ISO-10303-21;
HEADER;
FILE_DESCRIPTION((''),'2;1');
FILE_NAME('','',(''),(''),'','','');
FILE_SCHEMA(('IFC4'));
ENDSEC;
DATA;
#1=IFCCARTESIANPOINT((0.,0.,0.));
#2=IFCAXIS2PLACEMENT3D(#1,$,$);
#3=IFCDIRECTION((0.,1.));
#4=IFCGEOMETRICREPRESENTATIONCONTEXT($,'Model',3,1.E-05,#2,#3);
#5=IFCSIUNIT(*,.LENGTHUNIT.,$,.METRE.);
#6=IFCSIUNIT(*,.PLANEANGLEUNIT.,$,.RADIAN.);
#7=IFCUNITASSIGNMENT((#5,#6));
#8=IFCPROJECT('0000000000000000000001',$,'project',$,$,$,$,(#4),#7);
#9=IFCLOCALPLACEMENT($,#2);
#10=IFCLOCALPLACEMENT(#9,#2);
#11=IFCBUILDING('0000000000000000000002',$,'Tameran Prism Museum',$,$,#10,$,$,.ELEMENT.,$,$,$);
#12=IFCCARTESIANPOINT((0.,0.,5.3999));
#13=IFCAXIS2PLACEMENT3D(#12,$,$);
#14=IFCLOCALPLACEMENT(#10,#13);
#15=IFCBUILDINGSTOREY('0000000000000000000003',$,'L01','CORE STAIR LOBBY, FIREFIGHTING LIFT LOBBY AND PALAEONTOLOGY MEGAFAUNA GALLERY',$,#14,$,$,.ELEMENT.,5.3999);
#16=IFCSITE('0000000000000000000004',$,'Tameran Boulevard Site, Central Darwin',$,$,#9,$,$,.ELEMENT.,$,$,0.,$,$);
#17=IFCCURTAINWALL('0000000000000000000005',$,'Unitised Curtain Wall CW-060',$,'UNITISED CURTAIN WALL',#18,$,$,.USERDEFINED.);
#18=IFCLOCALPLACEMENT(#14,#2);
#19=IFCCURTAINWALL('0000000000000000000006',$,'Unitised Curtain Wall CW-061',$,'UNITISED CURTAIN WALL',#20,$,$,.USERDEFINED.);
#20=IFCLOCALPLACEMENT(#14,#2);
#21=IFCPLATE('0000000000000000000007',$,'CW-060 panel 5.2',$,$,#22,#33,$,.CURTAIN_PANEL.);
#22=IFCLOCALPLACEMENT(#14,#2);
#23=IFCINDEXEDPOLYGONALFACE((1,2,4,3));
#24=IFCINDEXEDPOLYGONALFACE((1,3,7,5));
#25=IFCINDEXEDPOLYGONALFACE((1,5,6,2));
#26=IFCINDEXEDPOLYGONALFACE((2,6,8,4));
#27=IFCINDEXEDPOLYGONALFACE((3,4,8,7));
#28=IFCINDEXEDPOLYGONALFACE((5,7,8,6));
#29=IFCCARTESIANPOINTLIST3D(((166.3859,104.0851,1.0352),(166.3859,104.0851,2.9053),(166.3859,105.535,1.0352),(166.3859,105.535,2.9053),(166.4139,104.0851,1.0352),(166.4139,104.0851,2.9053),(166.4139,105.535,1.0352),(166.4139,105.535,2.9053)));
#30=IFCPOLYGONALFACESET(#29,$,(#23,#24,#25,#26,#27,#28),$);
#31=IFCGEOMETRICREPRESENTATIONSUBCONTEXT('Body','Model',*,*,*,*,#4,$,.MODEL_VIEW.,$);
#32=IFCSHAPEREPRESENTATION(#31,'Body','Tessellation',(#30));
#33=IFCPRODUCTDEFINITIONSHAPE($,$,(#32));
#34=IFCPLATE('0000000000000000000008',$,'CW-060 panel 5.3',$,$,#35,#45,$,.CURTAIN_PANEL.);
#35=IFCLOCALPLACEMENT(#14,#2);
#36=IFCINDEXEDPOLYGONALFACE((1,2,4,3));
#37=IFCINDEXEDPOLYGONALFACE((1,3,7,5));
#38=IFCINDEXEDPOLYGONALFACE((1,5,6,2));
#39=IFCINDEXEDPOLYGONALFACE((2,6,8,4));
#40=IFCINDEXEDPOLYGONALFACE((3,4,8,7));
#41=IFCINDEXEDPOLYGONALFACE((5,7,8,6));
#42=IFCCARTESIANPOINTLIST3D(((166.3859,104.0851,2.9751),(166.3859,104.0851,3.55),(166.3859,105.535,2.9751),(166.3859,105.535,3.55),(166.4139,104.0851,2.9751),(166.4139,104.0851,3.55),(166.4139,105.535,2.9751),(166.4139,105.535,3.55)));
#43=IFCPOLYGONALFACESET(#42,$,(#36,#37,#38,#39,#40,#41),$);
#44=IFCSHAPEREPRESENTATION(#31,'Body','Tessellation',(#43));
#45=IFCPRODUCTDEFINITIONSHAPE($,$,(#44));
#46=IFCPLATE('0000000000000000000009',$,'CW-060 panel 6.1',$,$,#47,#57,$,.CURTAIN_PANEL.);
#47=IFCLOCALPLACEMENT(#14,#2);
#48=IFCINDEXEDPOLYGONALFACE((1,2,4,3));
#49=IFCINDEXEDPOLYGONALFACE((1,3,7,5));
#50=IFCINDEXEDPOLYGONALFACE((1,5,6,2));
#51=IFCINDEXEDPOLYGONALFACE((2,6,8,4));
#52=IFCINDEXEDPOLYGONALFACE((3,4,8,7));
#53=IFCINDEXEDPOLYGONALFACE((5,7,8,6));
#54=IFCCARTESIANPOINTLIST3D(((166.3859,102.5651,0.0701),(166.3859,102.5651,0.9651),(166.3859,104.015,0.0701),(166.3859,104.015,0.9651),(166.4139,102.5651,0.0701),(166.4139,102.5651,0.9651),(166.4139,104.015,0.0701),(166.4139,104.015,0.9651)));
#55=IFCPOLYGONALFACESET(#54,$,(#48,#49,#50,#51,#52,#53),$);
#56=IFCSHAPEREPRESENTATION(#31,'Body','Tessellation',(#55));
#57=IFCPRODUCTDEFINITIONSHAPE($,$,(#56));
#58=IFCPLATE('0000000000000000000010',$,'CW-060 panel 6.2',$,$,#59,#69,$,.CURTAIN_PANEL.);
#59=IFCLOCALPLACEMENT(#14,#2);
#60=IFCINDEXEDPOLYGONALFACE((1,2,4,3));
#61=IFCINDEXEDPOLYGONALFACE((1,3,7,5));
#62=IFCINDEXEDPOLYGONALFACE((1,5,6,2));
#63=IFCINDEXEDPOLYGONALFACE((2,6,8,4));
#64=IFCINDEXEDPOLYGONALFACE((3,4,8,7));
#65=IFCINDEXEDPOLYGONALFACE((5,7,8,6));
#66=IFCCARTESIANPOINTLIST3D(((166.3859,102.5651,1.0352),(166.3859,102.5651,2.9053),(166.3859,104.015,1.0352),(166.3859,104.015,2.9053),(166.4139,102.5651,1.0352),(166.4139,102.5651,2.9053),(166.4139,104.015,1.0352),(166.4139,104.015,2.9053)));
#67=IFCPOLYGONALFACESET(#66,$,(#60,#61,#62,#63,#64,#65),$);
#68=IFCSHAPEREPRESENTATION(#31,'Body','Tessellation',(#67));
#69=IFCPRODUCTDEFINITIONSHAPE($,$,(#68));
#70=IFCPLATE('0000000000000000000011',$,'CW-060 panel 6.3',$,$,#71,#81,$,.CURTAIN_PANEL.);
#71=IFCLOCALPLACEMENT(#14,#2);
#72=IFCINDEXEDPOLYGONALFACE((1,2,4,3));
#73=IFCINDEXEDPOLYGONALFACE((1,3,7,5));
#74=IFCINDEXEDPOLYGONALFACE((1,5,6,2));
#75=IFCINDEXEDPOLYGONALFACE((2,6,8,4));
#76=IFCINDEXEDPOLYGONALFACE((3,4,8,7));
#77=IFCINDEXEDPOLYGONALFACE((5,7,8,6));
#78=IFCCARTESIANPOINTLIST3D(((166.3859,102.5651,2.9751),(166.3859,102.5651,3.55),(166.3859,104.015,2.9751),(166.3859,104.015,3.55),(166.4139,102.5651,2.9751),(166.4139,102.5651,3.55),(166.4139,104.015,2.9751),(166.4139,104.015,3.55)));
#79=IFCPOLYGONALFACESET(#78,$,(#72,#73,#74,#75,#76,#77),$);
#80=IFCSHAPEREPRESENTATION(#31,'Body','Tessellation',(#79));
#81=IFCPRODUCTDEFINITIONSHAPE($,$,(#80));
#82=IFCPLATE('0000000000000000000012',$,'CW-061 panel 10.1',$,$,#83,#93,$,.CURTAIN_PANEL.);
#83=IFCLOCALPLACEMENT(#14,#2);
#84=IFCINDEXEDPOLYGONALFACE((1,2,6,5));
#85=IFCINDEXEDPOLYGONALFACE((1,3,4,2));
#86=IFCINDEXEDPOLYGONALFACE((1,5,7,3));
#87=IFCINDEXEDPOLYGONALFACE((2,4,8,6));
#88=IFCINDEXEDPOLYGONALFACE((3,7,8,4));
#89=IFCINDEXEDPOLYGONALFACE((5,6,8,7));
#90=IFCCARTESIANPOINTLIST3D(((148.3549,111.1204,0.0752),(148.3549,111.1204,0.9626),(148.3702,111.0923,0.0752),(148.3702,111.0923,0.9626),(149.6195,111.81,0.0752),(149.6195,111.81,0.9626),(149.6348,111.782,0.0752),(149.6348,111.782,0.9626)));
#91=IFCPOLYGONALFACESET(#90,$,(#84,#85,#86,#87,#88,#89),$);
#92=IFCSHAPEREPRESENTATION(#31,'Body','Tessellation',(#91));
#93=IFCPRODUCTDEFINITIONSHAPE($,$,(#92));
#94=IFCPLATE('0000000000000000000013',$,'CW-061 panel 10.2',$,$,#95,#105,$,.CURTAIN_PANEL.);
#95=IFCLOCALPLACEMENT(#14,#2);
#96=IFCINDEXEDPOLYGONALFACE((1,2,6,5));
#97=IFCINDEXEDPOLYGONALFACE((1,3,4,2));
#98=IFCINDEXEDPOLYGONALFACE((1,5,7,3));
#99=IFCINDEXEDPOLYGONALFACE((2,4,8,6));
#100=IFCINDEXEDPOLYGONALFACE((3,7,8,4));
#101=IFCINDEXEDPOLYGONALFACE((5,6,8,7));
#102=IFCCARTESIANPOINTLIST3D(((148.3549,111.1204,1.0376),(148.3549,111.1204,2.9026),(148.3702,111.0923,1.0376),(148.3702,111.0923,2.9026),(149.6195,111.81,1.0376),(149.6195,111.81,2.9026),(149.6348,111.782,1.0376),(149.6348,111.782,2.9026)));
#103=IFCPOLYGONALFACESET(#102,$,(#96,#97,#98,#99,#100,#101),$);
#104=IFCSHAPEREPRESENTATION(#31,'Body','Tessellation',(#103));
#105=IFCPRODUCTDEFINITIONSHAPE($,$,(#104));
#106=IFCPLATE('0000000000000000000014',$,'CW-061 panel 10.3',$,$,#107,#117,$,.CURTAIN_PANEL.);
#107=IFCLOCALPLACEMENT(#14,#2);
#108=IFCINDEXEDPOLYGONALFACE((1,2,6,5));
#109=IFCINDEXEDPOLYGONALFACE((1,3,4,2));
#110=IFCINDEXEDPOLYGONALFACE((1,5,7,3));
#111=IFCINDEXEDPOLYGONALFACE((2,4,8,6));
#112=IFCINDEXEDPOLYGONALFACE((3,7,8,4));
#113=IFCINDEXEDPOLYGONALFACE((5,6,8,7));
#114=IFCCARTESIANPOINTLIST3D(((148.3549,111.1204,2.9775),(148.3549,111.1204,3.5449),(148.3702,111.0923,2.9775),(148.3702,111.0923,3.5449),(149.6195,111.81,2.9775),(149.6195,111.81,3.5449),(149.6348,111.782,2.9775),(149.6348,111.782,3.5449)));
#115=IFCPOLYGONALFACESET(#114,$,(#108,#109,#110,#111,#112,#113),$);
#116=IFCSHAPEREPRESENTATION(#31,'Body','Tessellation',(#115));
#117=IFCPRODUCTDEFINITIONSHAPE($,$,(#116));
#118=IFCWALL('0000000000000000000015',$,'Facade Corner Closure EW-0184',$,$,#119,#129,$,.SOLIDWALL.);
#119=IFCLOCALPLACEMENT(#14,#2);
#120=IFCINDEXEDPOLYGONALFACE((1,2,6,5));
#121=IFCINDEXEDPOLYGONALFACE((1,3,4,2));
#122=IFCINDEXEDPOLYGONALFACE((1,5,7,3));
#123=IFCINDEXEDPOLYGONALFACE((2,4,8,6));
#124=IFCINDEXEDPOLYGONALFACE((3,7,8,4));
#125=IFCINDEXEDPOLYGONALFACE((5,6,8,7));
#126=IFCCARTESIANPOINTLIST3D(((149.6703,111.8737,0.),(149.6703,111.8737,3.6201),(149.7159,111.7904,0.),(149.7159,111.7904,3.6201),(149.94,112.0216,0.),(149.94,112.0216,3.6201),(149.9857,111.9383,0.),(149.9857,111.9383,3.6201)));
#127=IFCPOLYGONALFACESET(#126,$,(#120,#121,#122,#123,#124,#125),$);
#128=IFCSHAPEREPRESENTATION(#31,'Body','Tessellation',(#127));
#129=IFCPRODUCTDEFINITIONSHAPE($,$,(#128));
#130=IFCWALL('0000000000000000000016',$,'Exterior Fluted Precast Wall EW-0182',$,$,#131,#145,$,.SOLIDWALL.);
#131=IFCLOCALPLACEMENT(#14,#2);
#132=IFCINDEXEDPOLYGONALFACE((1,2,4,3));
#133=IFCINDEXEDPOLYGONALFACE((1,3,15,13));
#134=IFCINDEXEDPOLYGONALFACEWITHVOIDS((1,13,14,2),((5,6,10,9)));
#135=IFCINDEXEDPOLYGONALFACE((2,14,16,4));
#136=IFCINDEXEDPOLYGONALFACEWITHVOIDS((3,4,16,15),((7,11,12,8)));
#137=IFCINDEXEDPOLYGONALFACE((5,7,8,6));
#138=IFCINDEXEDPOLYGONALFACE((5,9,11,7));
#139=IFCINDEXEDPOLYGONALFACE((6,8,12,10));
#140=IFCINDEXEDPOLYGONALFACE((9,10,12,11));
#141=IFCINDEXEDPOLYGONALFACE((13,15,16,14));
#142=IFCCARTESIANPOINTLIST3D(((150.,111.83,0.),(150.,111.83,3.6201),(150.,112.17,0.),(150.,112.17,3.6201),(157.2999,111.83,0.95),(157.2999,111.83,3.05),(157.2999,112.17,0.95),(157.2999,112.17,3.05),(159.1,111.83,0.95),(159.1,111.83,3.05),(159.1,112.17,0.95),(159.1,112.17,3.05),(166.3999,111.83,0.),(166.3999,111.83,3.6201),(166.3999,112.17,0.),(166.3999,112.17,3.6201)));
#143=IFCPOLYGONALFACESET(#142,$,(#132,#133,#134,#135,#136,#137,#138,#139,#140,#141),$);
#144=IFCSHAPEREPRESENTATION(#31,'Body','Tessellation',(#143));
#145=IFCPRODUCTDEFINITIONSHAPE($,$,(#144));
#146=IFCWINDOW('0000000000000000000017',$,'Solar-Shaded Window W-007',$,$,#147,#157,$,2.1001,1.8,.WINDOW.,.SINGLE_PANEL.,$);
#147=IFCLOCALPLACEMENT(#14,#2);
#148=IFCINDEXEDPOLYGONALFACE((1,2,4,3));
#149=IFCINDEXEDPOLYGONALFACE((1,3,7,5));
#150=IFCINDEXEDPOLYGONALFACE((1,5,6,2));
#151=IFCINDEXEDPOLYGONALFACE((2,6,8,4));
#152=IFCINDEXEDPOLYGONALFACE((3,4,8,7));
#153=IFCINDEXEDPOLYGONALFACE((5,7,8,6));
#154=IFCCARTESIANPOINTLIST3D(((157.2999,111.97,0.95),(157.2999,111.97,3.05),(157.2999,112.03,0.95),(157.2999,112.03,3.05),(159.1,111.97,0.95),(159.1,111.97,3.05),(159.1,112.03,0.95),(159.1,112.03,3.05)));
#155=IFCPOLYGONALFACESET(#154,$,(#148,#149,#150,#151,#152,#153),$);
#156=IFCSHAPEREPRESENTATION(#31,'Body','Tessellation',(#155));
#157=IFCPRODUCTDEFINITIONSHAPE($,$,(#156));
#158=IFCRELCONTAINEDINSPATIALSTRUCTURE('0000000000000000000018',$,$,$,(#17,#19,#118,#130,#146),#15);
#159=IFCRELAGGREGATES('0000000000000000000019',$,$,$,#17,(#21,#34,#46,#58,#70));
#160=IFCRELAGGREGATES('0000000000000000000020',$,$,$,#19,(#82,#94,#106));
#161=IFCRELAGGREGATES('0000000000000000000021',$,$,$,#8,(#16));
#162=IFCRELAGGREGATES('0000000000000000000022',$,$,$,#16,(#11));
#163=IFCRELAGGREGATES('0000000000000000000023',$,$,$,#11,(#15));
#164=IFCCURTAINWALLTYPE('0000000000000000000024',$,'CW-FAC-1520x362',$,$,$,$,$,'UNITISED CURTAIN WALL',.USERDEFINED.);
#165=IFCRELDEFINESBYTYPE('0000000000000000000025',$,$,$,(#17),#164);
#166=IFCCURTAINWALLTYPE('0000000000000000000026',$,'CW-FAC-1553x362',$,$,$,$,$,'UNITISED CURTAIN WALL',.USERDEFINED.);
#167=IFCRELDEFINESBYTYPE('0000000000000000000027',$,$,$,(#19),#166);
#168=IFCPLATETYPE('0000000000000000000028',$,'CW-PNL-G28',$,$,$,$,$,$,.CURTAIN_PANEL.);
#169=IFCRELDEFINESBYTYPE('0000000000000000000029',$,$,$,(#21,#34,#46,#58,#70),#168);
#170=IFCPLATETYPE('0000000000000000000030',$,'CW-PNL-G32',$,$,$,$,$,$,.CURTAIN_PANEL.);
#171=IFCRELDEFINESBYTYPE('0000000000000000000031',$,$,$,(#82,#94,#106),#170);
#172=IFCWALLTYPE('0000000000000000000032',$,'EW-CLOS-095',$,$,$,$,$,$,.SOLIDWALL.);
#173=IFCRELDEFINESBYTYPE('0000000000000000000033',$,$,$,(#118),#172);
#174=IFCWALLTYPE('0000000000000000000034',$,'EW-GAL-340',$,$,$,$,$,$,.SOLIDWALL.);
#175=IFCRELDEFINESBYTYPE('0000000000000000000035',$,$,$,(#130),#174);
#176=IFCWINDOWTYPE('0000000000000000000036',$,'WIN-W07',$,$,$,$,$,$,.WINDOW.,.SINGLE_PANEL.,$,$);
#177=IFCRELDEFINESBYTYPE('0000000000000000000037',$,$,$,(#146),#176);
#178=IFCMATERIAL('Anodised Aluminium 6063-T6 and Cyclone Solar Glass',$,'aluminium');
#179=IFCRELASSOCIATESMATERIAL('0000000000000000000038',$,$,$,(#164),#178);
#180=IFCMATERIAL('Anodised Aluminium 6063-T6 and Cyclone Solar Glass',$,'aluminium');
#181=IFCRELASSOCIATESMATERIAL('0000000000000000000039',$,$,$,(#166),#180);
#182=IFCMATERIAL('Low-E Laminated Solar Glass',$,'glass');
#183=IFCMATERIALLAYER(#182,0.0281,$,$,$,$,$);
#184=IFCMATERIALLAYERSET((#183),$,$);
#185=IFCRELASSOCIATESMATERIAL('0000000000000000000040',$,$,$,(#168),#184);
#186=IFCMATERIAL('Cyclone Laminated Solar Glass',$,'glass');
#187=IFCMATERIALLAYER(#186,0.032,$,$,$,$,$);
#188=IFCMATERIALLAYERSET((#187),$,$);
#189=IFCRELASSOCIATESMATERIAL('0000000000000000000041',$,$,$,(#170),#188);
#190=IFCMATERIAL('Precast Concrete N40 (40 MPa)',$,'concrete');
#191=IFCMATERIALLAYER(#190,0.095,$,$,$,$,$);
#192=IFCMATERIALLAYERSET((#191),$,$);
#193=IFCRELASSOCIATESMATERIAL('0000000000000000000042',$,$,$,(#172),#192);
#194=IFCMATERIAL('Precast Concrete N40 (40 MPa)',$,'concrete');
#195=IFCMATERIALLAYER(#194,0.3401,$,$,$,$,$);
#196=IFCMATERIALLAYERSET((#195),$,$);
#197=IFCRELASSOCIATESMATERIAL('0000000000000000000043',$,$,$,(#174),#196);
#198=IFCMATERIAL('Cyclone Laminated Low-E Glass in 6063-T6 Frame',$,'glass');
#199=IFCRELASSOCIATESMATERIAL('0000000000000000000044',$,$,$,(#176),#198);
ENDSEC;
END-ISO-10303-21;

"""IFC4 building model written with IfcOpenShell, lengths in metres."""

from ifc_helpers import new_model, si_unit, direction, frame, frame_2d, origin, origin_2d, place, context, subcontext, project, spatial, rectangle, extrude, material, layer, layer_set, type_object, element, fill, aggregate, save


model = new_model("IFC4")

# Units and contexts
model_context = context("Model", 3, precision=1e-05, world=origin(), true_north=direction((0.0, 1.0)))
body_context = subcontext(model_context, "Body", "Model", "MODEL_VIEW")
ifc_project = project(units=[si_unit("LENGTHUNIT", "METRE"), si_unit("PLANEANGLEUNIT", "RADIAN")], contexts=[model_context])

# Site, building, storey
site_placement = place(None, origin())
site = spatial("IfcSite", under=ifc_project, at=site_placement, Name="Tameran Boulevard Site, Central Darwin", CompositionType="ELEMENT", RefElevation=0.0)
building_placement = place(site_placement, origin())
building = spatial("IfcBuilding", under=site, at=building_placement, Name="Tameran Prism Museum", CompositionType="ELEMENT")
storey_placement = place(building_placement, frame((0.0, 0.0, 5.3999)))
storey = spatial("IfcBuildingStorey", under=building, at=storey_placement, Name="L01", Description="CORE STAIR LOBBY, FIREFIGHTING LIFT LOBBY AND PALAEONTOLOGY MEGAFAUNA GALLERY", CompositionType="ELEMENT", Elevation=5.3999)

# Curtain walls
ifc_material_1 = material(Name="Anodised Aluminium 6063-T6 and Cyclone Solar Glass", Category="aluminium")
curtain_wall_type_1 = type_object("IfcCurtainWallType", Name="CW-FAC-1520x362", ElementType="UNITISED CURTAIN WALL", PredefinedType="USERDEFINED", material=ifc_material_1)
curtain_wall_1_placement = place(storey_placement, origin())
curtain_wall_1 = element("IfcCurtainWall", 1, at=curtain_wall_1_placement, inside=storey, type_object=curtain_wall_type_1, Name="Unitised Curtain Wall CW-060", ObjectType="UNITISED CURTAIN WALL", PredefinedType="USERDEFINED")
ifc_material_2 = material(Name="Anodised Aluminium 6063-T6 and Cyclone Solar Glass", Category="aluminium")
curtain_wall_type_2 = type_object("IfcCurtainWallType", Name="CW-FAC-1553x362", ElementType="UNITISED CURTAIN WALL", PredefinedType="USERDEFINED", material=ifc_material_2)
curtain_wall_2_placement = place(storey_placement, origin())
curtain_wall_2 = element("IfcCurtainWall", 2, at=curtain_wall_2_placement, inside=storey, type_object=curtain_wall_type_2, Name="Unitised Curtain Wall CW-061", ObjectType="UNITISED CURTAIN WALL", PredefinedType="USERDEFINED")

# Plates
ifc_material_3 = material(Name="Low-E Laminated Solar Glass", Category="glass")
ifc_layer_1 = layer(ifc_material_3, 0.0281)
ifc_layer_set_1 = layer_set([ifc_layer_1])
plate_type_1 = type_object("IfcPlateType", Name="CW-PNL-G28", PredefinedType="CURTAIN_PANEL", material=ifc_layer_set_1)
plate_1_placement = place(storey_placement, frame((166.3999, 104.8101, 1.0352), z_axis=(0.0, 0.0, 1.0), x_axis=(0.0, -1.0, 0.0)))
plate_1 = element("IfcPlate", 3, at=plate_1_placement, type_object=plate_type_1, Name="CW-060 panel 5.2", PredefinedType="CURTAIN_PANEL", context=body_context, shape_type="SweptSolid", body=[
    extrude(rectangle(XDim=1.45, YDim=0.0281, at=origin_2d()), origin(), (0.0, 0.0, 1.0), 1.8701),
])
plate_2_placement = place(storey_placement, frame((166.3999, 104.8101, 2.9751), z_axis=(0.0, 0.0, 1.0), x_axis=(0.0, -1.0, 0.0)))
plate_2 = element("IfcPlate", 4, at=plate_2_placement, type_object=plate_type_1, Name="CW-060 panel 5.3", PredefinedType="CURTAIN_PANEL", context=body_context, shape_type="SweptSolid", body=[
    extrude(rectangle(XDim=1.45, YDim=0.0281, at=origin_2d()), origin(), (0.0, 0.0, 1.0), 0.575),
])
plate_3_placement = place(storey_placement, frame((166.3999, 103.29, 0.0701), z_axis=(0.0, 0.0, 1.0), x_axis=(0.0, -1.0, 0.0)))
plate_3 = element("IfcPlate", 5, at=plate_3_placement, type_object=plate_type_1, Name="CW-060 panel 6.1", PredefinedType="CURTAIN_PANEL", context=body_context, shape_type="SweptSolid", body=[
    extrude(rectangle(XDim=1.45, YDim=0.0281, at=origin_2d()), origin(), (0.0, 0.0, 1.0), 0.895),
])
plate_4_placement = place(storey_placement, frame((166.3999, 103.29, 1.0352), z_axis=(0.0, 0.0, 1.0), x_axis=(0.0, -1.0, 0.0)))
plate_4 = element("IfcPlate", 6, at=plate_4_placement, type_object=plate_type_1, Name="CW-060 panel 6.2", PredefinedType="CURTAIN_PANEL", context=body_context, shape_type="SweptSolid", body=[
    extrude(rectangle(XDim=1.45, YDim=0.0281, at=origin_2d()), origin(), (0.0, 0.0, 1.0), 1.8701),
])
plate_5_placement = place(storey_placement, frame((166.3999, 103.29, 2.9751), z_axis=(0.0, 0.0, 1.0), x_axis=(0.0, -1.0, 0.0)))
plate_5 = element("IfcPlate", 7, at=plate_5_placement, type_object=plate_type_1, Name="CW-060 panel 6.3", PredefinedType="CURTAIN_PANEL", context=body_context, shape_type="SweptSolid", body=[
    extrude(rectangle(XDim=1.45, YDim=0.0281, at=origin_2d()), origin(), (0.0, 0.0, 1.0), 0.575),
])
aggregate(curtain_wall_1, [plate_1, plate_2, plate_3, plate_4, plate_5])
ifc_material_4 = material(Name="Cyclone Laminated Solar Glass", Category="glass")
ifc_layer_2 = layer(ifc_material_4, 0.032)
ifc_layer_set_2 = layer_set([ifc_layer_2])
plate_type_2 = type_object("IfcPlateType", Name="CW-PNL-G32", PredefinedType="CURTAIN_PANEL", material=ifc_layer_set_2)
plate_6_placement = place(storey_placement, frame((148.9949, 111.4512, 0.0752), z_axis=(0.0, 0.0, 1.0), x_axis=(0.877928, 0.478793, 0.0)))
plate_6 = element("IfcPlate", 8, at=plate_6_placement, type_object=plate_type_2, Name="CW-061 panel 10.1", PredefinedType="CURTAIN_PANEL", context=body_context, shape_type="SweptSolid", body=[
    extrude(rectangle(XDim=1.4404, YDim=0.032, at=origin_2d()), origin(), (0.0, 0.0, 1.0), 0.8875),
])
plate_7_placement = place(storey_placement, frame((148.9949, 111.4512, 1.0376), z_axis=(0.0, 0.0, 1.0), x_axis=(0.877928, 0.478793, 0.0)))
plate_7 = element("IfcPlate", 9, at=plate_7_placement, type_object=plate_type_2, Name="CW-061 panel 10.2", PredefinedType="CURTAIN_PANEL", context=body_context, shape_type="SweptSolid", body=[
    extrude(rectangle(XDim=1.4404, YDim=0.032, at=origin_2d()), origin(), (0.0, 0.0, 1.0), 1.865),
])
plate_8_placement = place(storey_placement, frame((148.9949, 111.4512, 2.9775), z_axis=(0.0, 0.0, 1.0), x_axis=(0.877928, 0.478793, 0.0)))
plate_8 = element("IfcPlate", 10, at=plate_8_placement, type_object=plate_type_2, Name="CW-061 panel 10.3", PredefinedType="CURTAIN_PANEL", context=body_context, shape_type="SweptSolid", body=[
    extrude(rectangle(XDim=1.4404, YDim=0.032, at=origin_2d()), origin(), (0.0, 0.0, 1.0), 0.5674),
])
aggregate(curtain_wall_2, [plate_6, plate_7, plate_8])

# Wall
ifc_material_5 = material(Name="Precast Concrete N40 (40 MPa)", Category="concrete")
ifc_layer_3 = layer(ifc_material_5, 0.095)
ifc_layer_set_3 = layer_set([ifc_layer_3])
wall_type_1 = type_object("IfcWallType", Name="EW-CLOS-095", PredefinedType="SOLIDWALL", material=ifc_layer_set_3)
wall_1_placement = place(storey_placement, frame((149.6931, 111.832, 0.0), z_axis=(0.0, 0.0, 1.0), x_axis=(0.876802, 0.480852, 0.0)))
element("IfcWall", 11, at=wall_1_placement, inside=storey, type_object=wall_type_1, Name="Facade Corner Closure EW-0184", PredefinedType="SOLIDWALL", context=body_context, shape_type="SweptSolid", body=[
    extrude(rectangle(XDim=0.3076, YDim=0.095, at=frame_2d((0.1538, 0.0))), origin(), (0.0, 0.0, 1.0), 3.6201),
])

# Wall, opening, window
ifc_material_6 = material(Name="Precast Concrete N40 (40 MPa)", Category="concrete")
ifc_layer_4 = layer(ifc_material_6, 0.3401)
ifc_layer_set_4 = layer_set([ifc_layer_4])
wall_type_2 = type_object("IfcWallType", Name="EW-GAL-340", PredefinedType="SOLIDWALL", material=ifc_layer_set_4)
wall_2_placement = place(storey_placement, frame((150.0, 112.0, 0.0), z_axis=(0.0, 0.0, 1.0), x_axis=(1.0, 0.0, 0.0)))
wall_2 = element("IfcWall", 12, at=wall_2_placement, inside=storey, type_object=wall_type_2, Name="Exterior Fluted Precast Wall EW-0182", PredefinedType="SOLIDWALL", context=body_context, shape_type="SweptSolid", body=[
    extrude(rectangle(XDim=16.3999, YDim=0.3401, at=frame_2d((8.2, 0.0))), origin(), (0.0, 0.0, 1.0), 3.6201),
])
opening_placement = place(wall_2_placement, frame((7.3, 0.0, 0.95)))
opening = element("IfcOpeningElement", 13, at=opening_placement, cuts=wall_2, PredefinedType="OPENING", context=body_context, shape_type="SweptSolid", body=[
    extrude(rectangle(XDim=1.8, YDim=2.1001, at=frame_2d((0.8999, 1.05))), frame((0.0, 0.1799, 0.0), z_axis=(0.0, -1.0, 0.0), x_axis=(1.0, 0.0, 0.0)), (0.0, 0.0, 1.0), 0.3601),
])
ifc_material_7 = material(Name="Cyclone Laminated Low-E Glass in 6063-T6 Frame", Category="glass")
window_type = type_object("IfcWindowType", Name="WIN-W07", PartitioningType="SINGLE_PANEL", PredefinedType="WINDOW", material=ifc_material_7)
window_placement = place(opening_placement, origin())
window = element("IfcWindow", 14, at=window_placement, inside=storey, type_object=window_type, Name="Solar-Shaded Window W-007", OverallHeight=2.1001, OverallWidth=1.8, PartitioningType="SINGLE_PANEL", PredefinedType="WINDOW", context=body_context, shape_type="SweptSolid", body=[
    extrude(rectangle(XDim=1.8, YDim=2.1001, at=frame_2d((0.8999, 1.05))), frame((0.0, 0.03, 0.0), z_axis=(0.0, -1.0, 0.0), x_axis=(1.0, 0.0, 0.0)), (0.0, 0.0, 1.0), 0.0601),
])
fill(opening, window)

save(model, "model.ifc")
